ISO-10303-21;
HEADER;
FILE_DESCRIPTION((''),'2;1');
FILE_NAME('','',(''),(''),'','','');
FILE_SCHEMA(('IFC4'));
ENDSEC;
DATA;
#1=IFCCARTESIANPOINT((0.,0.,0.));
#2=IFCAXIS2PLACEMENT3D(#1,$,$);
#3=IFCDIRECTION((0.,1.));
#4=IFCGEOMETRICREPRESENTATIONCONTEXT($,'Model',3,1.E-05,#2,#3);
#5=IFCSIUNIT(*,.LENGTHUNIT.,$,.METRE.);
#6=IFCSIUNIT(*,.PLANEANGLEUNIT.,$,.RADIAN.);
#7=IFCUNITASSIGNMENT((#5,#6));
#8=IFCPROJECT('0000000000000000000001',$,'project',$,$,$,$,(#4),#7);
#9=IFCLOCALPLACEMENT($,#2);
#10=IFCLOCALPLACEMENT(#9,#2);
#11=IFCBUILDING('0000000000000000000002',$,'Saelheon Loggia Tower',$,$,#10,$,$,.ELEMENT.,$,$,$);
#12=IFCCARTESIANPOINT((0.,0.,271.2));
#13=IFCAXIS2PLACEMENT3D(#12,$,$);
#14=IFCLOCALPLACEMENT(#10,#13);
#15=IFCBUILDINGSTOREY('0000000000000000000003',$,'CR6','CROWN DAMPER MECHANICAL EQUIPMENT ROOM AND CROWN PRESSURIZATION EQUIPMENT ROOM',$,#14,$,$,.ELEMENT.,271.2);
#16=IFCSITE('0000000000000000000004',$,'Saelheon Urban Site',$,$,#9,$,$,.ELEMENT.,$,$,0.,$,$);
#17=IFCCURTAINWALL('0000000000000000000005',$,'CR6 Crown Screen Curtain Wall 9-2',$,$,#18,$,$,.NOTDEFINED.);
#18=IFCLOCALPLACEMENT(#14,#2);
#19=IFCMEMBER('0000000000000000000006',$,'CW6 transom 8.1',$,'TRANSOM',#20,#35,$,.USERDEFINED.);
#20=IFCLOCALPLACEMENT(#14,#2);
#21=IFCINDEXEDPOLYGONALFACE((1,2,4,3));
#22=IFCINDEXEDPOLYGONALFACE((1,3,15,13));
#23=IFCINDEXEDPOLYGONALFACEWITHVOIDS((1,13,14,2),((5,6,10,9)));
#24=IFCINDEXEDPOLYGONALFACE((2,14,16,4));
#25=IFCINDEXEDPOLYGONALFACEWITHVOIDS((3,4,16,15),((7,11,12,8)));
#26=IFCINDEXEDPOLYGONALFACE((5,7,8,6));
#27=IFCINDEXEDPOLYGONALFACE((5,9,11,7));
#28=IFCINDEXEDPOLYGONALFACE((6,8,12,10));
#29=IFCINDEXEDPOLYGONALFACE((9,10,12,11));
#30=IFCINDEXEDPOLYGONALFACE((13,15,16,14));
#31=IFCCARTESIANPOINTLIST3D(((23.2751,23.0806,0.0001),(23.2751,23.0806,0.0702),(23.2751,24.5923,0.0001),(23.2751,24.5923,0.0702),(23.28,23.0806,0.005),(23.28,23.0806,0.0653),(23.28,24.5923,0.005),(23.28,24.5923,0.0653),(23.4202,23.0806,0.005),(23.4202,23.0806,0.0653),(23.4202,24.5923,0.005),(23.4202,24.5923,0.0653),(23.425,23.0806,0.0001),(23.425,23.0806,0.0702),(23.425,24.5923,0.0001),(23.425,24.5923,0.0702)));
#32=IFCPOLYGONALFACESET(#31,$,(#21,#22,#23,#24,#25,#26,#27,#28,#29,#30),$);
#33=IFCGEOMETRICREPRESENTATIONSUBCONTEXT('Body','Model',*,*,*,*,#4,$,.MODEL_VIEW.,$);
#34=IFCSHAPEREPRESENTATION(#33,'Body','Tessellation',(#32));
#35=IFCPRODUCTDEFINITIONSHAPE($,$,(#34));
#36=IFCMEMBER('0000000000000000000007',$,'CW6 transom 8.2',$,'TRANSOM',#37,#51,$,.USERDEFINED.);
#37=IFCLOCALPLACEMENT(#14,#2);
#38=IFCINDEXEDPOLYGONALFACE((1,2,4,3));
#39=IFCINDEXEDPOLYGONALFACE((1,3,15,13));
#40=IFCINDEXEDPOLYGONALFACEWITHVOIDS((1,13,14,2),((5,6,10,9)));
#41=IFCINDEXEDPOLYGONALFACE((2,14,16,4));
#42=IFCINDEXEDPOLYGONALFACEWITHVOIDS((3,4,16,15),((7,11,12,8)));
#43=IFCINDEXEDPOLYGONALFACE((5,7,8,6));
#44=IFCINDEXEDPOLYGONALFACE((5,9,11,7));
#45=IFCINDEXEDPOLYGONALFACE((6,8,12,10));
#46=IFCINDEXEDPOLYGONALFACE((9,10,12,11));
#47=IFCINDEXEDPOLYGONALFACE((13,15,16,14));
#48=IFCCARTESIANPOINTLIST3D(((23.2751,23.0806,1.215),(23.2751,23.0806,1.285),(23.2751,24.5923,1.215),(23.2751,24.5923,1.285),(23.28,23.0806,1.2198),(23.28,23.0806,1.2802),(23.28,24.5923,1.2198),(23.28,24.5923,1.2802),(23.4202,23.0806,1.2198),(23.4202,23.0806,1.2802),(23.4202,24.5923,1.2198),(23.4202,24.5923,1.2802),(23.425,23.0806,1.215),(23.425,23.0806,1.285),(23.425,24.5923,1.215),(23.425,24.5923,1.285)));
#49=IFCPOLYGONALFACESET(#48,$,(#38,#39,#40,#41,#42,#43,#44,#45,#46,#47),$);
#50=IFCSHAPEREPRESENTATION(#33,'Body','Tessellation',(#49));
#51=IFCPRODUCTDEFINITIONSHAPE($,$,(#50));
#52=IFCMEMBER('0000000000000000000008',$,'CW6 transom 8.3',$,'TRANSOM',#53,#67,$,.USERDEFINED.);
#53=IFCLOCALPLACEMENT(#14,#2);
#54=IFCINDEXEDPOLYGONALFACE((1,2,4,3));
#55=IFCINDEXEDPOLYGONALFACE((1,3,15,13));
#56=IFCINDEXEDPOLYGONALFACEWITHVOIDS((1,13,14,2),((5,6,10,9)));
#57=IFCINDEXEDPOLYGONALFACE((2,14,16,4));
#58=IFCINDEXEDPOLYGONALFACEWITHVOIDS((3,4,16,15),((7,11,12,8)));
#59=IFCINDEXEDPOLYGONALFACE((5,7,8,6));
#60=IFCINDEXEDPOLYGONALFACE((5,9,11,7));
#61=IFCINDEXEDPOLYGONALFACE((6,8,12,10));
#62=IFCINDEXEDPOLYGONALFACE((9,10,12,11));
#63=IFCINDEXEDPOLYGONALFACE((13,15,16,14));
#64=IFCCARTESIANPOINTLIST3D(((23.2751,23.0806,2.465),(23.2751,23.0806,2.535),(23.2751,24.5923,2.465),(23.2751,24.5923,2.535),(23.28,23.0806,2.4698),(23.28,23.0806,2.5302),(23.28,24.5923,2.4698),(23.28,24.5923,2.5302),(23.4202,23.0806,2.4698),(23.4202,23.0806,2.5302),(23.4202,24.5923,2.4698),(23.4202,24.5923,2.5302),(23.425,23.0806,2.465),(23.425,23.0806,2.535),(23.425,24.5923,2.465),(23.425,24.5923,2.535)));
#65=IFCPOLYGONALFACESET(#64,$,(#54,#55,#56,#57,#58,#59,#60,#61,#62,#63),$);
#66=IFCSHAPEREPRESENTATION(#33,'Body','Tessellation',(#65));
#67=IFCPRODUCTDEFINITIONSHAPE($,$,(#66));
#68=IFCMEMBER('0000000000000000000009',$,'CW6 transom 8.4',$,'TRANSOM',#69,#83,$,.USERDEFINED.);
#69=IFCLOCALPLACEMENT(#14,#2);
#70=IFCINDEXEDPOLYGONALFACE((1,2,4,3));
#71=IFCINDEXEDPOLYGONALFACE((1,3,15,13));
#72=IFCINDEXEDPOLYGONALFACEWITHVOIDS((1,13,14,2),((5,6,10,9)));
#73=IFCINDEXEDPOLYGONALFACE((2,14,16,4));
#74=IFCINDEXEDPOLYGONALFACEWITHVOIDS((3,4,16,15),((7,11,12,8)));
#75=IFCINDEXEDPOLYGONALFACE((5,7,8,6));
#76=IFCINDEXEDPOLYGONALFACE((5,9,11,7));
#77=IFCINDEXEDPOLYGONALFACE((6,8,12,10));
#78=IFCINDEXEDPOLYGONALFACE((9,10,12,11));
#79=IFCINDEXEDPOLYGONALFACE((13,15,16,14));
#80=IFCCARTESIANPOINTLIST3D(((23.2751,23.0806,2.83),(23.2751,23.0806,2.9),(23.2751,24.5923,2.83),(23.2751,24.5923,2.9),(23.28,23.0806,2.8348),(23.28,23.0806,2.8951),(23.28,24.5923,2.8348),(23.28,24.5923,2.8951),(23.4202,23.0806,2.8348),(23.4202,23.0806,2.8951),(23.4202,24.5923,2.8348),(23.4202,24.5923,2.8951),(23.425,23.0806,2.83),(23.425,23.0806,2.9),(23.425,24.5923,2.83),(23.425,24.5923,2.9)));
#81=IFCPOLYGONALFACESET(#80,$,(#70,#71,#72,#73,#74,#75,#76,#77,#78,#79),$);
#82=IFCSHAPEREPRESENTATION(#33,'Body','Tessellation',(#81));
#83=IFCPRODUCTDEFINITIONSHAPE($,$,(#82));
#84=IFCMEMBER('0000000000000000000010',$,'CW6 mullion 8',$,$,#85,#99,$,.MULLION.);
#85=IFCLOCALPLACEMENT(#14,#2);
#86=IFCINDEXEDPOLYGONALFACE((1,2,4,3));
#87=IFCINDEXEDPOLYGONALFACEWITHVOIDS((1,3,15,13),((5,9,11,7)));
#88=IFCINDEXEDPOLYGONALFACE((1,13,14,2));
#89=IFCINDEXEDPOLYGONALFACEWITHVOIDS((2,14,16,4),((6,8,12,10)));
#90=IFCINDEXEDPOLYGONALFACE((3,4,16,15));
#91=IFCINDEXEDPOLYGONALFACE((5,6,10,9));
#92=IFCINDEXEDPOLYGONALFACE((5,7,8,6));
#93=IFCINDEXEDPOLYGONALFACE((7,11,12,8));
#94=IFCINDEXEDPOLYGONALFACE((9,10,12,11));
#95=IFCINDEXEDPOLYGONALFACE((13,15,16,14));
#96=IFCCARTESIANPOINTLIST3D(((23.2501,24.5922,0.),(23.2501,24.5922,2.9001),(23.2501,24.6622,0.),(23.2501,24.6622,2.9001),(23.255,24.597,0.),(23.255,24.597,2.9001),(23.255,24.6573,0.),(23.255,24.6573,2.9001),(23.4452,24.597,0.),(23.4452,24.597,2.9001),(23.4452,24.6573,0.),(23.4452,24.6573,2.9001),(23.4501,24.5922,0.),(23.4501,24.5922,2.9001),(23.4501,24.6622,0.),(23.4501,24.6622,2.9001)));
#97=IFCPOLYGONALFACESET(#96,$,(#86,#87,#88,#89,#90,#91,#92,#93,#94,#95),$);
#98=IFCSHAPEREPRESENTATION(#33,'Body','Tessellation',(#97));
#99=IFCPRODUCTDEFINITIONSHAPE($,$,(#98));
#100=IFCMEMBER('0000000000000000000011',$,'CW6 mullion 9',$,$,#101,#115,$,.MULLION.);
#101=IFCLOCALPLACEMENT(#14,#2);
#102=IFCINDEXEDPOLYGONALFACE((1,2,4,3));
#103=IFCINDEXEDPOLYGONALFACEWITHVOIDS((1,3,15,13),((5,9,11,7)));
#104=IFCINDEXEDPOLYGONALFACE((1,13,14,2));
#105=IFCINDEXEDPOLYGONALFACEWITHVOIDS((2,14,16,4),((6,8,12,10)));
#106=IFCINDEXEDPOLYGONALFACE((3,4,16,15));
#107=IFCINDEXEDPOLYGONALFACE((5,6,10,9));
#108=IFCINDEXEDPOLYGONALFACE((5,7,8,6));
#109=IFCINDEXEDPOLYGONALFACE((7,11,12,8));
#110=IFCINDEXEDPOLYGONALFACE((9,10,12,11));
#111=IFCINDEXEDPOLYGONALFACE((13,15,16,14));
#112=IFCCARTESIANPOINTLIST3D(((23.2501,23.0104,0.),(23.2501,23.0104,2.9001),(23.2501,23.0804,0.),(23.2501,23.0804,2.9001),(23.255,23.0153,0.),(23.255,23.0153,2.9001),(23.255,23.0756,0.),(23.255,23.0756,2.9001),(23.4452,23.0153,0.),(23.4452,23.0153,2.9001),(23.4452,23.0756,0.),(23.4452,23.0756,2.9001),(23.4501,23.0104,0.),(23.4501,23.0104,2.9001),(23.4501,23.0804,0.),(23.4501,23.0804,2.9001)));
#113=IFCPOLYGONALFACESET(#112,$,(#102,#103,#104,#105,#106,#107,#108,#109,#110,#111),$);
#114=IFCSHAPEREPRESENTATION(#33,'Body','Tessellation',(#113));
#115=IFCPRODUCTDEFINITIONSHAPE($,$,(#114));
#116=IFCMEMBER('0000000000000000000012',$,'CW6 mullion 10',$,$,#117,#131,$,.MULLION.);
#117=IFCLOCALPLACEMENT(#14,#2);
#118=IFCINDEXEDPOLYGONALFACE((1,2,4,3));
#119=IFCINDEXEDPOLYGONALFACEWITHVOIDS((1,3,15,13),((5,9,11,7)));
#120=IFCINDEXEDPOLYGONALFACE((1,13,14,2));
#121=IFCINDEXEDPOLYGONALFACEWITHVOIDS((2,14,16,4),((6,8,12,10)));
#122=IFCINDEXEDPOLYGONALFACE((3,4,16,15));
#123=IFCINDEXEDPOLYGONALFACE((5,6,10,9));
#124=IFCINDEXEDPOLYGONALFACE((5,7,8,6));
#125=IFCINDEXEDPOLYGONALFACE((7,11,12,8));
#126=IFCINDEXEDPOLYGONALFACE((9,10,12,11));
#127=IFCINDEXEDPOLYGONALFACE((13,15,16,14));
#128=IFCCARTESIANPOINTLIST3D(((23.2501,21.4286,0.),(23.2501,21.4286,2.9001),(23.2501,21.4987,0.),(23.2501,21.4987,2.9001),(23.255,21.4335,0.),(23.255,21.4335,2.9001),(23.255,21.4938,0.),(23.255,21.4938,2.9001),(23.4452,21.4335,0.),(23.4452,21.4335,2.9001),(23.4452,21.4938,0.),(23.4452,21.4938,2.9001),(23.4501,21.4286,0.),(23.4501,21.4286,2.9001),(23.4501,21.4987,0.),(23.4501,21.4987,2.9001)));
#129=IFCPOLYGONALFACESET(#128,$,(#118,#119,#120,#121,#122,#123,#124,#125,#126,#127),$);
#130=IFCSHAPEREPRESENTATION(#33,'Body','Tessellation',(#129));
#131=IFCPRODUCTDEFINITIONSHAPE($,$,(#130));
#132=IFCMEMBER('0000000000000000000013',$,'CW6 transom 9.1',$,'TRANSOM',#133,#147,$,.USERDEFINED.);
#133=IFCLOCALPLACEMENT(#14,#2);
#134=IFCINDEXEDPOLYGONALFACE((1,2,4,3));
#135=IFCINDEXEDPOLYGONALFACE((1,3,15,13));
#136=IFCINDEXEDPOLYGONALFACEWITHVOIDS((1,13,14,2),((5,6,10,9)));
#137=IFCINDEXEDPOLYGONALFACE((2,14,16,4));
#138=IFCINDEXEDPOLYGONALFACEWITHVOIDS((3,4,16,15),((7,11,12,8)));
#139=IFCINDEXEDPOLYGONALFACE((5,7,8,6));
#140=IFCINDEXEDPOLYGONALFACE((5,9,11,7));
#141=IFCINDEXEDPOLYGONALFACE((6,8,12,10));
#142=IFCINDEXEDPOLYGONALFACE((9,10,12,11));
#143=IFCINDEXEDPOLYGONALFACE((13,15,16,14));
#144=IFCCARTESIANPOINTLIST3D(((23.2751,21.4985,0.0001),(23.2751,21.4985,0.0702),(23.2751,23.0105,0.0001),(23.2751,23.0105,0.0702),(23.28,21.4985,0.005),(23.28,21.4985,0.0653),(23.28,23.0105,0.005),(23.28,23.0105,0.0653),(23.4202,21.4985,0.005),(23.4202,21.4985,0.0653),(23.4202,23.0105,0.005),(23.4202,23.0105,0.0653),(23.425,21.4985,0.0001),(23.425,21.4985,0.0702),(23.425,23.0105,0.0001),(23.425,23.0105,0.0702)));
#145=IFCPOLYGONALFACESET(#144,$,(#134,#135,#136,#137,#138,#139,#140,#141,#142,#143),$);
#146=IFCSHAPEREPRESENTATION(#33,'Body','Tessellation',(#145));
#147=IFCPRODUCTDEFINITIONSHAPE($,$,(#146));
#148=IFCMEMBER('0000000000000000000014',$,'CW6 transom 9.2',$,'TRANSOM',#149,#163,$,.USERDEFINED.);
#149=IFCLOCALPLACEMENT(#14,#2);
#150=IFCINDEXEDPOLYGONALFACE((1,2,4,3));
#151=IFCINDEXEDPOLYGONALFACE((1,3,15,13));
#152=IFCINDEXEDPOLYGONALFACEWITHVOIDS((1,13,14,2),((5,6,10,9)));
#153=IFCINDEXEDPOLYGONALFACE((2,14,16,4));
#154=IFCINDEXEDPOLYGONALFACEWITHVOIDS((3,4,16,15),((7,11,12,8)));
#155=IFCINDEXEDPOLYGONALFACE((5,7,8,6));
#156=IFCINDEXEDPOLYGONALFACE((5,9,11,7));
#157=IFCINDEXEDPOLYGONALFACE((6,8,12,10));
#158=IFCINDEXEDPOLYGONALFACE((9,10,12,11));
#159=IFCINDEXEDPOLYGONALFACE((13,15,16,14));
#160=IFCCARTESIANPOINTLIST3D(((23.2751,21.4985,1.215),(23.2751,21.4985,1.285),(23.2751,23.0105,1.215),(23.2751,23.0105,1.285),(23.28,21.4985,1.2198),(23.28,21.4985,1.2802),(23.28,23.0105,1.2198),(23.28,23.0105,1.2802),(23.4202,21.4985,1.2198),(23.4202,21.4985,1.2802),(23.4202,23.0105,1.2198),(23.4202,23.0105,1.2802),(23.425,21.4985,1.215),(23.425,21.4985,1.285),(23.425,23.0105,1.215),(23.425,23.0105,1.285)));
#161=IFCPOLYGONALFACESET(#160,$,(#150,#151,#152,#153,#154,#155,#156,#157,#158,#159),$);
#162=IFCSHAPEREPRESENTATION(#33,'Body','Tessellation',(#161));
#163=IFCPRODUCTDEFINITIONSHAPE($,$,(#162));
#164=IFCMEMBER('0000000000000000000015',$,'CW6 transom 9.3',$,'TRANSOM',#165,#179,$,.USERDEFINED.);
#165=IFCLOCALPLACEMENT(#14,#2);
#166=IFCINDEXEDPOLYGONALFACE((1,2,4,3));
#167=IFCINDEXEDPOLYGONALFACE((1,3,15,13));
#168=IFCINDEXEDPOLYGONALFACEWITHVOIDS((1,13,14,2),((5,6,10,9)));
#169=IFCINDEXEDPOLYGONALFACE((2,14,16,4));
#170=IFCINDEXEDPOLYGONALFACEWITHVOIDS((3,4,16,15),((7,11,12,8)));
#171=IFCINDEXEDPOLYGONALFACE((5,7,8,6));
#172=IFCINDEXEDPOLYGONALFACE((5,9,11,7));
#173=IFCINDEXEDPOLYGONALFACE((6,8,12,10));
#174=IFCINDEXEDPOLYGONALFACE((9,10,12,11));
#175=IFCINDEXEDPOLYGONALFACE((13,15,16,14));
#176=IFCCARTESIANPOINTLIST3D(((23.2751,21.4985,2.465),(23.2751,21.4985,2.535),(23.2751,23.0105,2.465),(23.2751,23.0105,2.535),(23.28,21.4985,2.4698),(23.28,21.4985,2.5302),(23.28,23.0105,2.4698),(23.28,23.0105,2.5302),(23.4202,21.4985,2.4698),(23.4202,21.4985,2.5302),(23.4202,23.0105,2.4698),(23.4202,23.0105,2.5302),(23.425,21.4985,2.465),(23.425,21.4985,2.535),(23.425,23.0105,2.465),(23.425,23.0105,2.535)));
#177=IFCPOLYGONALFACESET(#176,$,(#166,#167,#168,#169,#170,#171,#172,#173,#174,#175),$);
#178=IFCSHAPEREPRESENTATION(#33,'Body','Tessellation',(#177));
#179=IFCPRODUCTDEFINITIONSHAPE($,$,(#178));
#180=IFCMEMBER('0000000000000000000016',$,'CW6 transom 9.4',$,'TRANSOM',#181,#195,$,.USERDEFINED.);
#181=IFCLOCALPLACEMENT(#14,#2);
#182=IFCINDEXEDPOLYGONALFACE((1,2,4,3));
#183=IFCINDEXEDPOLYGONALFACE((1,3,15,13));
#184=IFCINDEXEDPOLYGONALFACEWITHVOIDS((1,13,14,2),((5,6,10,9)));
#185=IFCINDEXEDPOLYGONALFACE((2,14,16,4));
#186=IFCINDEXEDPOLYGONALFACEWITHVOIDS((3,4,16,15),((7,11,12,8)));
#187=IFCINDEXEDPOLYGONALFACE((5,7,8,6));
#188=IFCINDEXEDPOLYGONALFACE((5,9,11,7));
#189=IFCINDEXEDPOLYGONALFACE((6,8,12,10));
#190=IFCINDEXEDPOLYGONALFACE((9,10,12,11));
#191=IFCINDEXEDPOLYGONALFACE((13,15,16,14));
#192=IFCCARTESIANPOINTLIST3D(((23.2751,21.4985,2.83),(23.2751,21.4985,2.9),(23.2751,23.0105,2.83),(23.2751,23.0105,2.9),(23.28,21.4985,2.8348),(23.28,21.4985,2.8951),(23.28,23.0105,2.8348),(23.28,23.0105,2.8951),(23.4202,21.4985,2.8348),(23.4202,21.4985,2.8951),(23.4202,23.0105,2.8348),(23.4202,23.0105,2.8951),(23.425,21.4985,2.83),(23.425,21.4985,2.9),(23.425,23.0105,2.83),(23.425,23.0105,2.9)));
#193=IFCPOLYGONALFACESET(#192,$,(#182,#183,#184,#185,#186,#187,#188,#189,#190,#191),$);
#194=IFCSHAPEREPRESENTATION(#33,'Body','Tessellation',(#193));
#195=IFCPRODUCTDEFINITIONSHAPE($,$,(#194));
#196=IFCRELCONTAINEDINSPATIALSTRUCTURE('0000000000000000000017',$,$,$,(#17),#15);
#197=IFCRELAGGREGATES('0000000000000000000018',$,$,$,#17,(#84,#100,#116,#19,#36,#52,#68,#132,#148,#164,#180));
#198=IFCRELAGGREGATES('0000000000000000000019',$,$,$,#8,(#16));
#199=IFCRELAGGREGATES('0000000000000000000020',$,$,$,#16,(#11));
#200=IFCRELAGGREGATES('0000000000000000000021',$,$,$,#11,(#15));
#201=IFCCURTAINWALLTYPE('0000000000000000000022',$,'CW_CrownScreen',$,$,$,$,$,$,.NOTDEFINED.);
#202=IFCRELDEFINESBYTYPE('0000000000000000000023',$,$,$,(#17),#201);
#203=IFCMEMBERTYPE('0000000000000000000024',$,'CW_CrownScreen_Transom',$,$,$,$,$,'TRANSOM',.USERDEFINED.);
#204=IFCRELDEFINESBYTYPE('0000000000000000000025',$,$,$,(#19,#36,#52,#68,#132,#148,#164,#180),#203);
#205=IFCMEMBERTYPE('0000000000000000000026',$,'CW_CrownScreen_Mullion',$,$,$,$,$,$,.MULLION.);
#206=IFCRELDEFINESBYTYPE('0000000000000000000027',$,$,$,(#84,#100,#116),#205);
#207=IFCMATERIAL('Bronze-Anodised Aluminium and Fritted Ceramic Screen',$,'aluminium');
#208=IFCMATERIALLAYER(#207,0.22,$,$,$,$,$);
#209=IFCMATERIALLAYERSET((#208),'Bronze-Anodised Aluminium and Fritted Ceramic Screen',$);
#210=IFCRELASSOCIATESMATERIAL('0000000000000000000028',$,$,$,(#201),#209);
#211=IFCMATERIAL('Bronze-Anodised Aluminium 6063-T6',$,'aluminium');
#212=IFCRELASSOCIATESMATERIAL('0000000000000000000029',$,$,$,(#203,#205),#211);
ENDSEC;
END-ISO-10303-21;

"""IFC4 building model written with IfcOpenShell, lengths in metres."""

from ifc_helpers import new_model, si_unit, direction, frame, origin, origin_2d, place, context, subcontext, project, spatial, hollow_rectangle, extrude, source, transform, mapped, material, layer, layer_set, material_profile, profile_set, type_object, element, aggregate, save


model = new_model("IFC4")

# Units and contexts
model_context = context("Model", 3, precision=1e-05, world=origin(), true_north=direction((0.0, 1.0)))
body_context = subcontext(model_context, "Body", "Model", "MODEL_VIEW")
ifc_project = project(units=[si_unit("LENGTHUNIT", "METRE"), si_unit("PLANEANGLEUNIT", "RADIAN")], contexts=[model_context])

# Site, building, storey
site_placement = place(None, origin())
site = spatial("IfcSite", under=ifc_project, at=site_placement, Name="Saelheon Urban Site", CompositionType="ELEMENT", RefElevation=0.0)
building_placement = place(site_placement, origin())
building = spatial("IfcBuilding", under=site, at=building_placement, Name="Saelheon Loggia Tower", CompositionType="ELEMENT")
storey_placement = place(building_placement, frame((0.0, 0.0, 271.2)))
storey = spatial("IfcBuildingStorey", under=building, at=storey_placement, Name="CR6", Description="CROWN DAMPER MECHANICAL EQUIPMENT ROOM AND CROWN PRESSURIZATION EQUIPMENT ROOM", CompositionType="ELEMENT", Elevation=271.2)

# Curtain wall, members
ifc_material_1 = material(Name="Bronze-Anodised Aluminium and Fritted Ceramic Screen", Category="aluminium")
ifc_layer_1 = layer(ifc_material_1, 0.22)
ifc_layer_set_1 = layer_set([ifc_layer_1], Name="Bronze-Anodised Aluminium and Fritted Ceramic Screen")
curtain_wall_type = type_object("IfcCurtainWallType", Name="CW_CrownScreen", PredefinedType="NOTDEFINED", material=ifc_layer_set_1)
curtain_wall_placement = place(storey_placement, origin())
curtain_wall = element("IfcCurtainWall", 1, at=curtain_wall_placement, inside=storey, type_object=curtain_wall_type, Name="CR6 Crown Screen Curtain Wall 9-2", PredefinedType="NOTDEFINED")
ifc_material_2 = material(Name="Bronze-Anodised Aluminium 6063-T6", Category="aluminium")
ifc_material_profile_1 = material_profile(ifc_material_2, hollow_rectangle(XDim=0.0701, YDim=0.1499, WallThickness=0.0049, at=origin_2d()), Name="RHS-150x70x5")
ifc_profile_set_1 = profile_set([ifc_material_profile_1], Name="Bronze-Anodised Aluminium 6063-T6")
member_type_1 = type_object("IfcMemberType", Name="CW_CrownScreen_Transom", ElementType="TRANSOM", PredefinedType="USERDEFINED", material=ifc_profile_set_1)
shared_shape_1 = source(origin(), body_context, "Body", "SweptSolid", [
    extrude(hollow_rectangle(XDim=0.0701, YDim=0.1499, WallThickness=0.0049, at=origin_2d()), origin(), (0.0, 0.0, 1.0), 1.5117),
])
member_1_placement = place(storey_placement, frame((23.3501, 24.5923, 0.0352), z_axis=(0.0, -1.0, 0.0), x_axis=(0.0, 0.0, 1.0)))
member_1 = element("IfcMember", 2, at=member_1_placement, type_object=member_type_1, Name="CW6 transom 8.1", ObjectType="TRANSOM", PredefinedType="USERDEFINED", context=body_context, shape_type="MappedRepresentation", body=[
    mapped(shared_shape_1, transform((0.0, 0.0, 0.0), scale=1.0)),
])
member_2_placement = place(storey_placement, frame((23.3501, 24.5923, 1.25), z_axis=(0.0, -1.0, 0.0), x_axis=(0.0, 0.0, 1.0)))
member_2 = element("IfcMember", 3, at=member_2_placement, type_object=member_type_1, Name="CW6 transom 8.2", ObjectType="TRANSOM", PredefinedType="USERDEFINED", context=body_context, shape_type="MappedRepresentation", body=[
    mapped(shared_shape_1, transform((0.0, 0.0, 0.0), scale=1.0)),
])
member_3_placement = place(storey_placement, frame((23.3501, 24.5923, 2.5), z_axis=(0.0, -1.0, 0.0), x_axis=(0.0, 0.0, 1.0)))
member_3 = element("IfcMember", 4, at=member_3_placement, type_object=member_type_1, Name="CW6 transom 8.3", ObjectType="TRANSOM", PredefinedType="USERDEFINED", context=body_context, shape_type="MappedRepresentation", body=[
    mapped(shared_shape_1, transform((0.0, 0.0, 0.0), scale=1.0)),
])
member_4_placement = place(storey_placement, frame((23.3501, 24.5923, 2.865), z_axis=(0.0, -1.0, 0.0), x_axis=(0.0, 0.0, 1.0)))
member_4 = element("IfcMember", 5, at=member_4_placement, type_object=member_type_1, Name="CW6 transom 8.4", ObjectType="TRANSOM", PredefinedType="USERDEFINED", context=body_context, shape_type="MappedRepresentation", body=[
    mapped(shared_shape_1, transform((0.0, 0.0, 0.0), scale=1.0)),
])
ifc_material_profile_2 = material_profile(ifc_material_2, hollow_rectangle(XDim=0.0701, YDim=0.2, WallThickness=0.0049, at=origin_2d()), Name="RHS-200x70x5")
ifc_profile_set_2 = profile_set([ifc_material_profile_2], Name="Bronze-Anodised Aluminium 6063-T6")
member_type_2 = type_object("IfcMemberType", Name="CW_CrownScreen_Mullion", PredefinedType="MULLION", material=ifc_profile_set_2)
shared_shape_2 = source(origin(), body_context, "Body", "SweptSolid", [
    extrude(hollow_rectangle(XDim=0.0701, YDim=0.2, WallThickness=0.0049, at=origin_2d()), origin(), (0.0, 0.0, 1.0), 2.9001),
])
member_5_placement = place(storey_placement, frame((23.3501, 24.6272, 0.0), z_axis=(0.0, 0.0, 1.0), x_axis=(0.0, -1.0, 0.0)))
member_5 = element("IfcMember", 6, at=member_5_placement, type_object=member_type_2, Name="CW6 mullion 8", PredefinedType="MULLION", context=body_context, shape_type="MappedRepresentation", body=[
    mapped(shared_shape_2, transform((0.0, 0.0, 0.0), scale=1.0)),
])
member_6_placement = place(storey_placement, frame((23.3501, 23.0454, 0.0), z_axis=(0.0, 0.0, 1.0), x_axis=(0.0, -1.0, 0.0)))
member_6 = element("IfcMember", 7, at=member_6_placement, type_object=member_type_2, Name="CW6 mullion 9", PredefinedType="MULLION", context=body_context, shape_type="MappedRepresentation", body=[
    mapped(shared_shape_2, transform((0.0, 0.0, 0.0), scale=1.0)),
])
member_7_placement = place(storey_placement, frame((23.3501, 21.4636, 0.0), z_axis=(0.0, 0.0, 1.0), x_axis=(0.0, -1.0, 0.0)))
member_7 = element("IfcMember", 8, at=member_7_placement, type_object=member_type_2, Name="CW6 mullion 10", PredefinedType="MULLION", context=body_context, shape_type="MappedRepresentation", body=[
    mapped(shared_shape_2, transform((0.0, 0.0, 0.0), scale=1.0)),
])
shared_shape_3 = source(origin(), body_context, "Body", "SweptSolid", [
    extrude(hollow_rectangle(XDim=0.0701, YDim=0.1499, WallThickness=0.0049, at=origin_2d()), origin(), (0.0, 0.0, 1.0), 1.512),
])
member_8_placement = place(storey_placement, frame((23.3501, 23.0105, 0.0352), z_axis=(0.0, -1.0, 0.0), x_axis=(0.0, 0.0, 1.0)))
member_8 = element("IfcMember", 9, at=member_8_placement, type_object=member_type_1, Name="CW6 transom 9.1", ObjectType="TRANSOM", PredefinedType="USERDEFINED", context=body_context, shape_type="MappedRepresentation", body=[
    mapped(shared_shape_3, transform((0.0, 0.0, 0.0), scale=1.0)),
])
member_9_placement = place(storey_placement, frame((23.3501, 23.0105, 1.25), z_axis=(0.0, -1.0, 0.0), x_axis=(0.0, 0.0, 1.0)))
member_9 = element("IfcMember", 10, at=member_9_placement, type_object=member_type_1, Name="CW6 transom 9.2", ObjectType="TRANSOM", PredefinedType="USERDEFINED", context=body_context, shape_type="MappedRepresentation", body=[
    mapped(shared_shape_3, transform((0.0, 0.0, 0.0), scale=1.0)),
])
member_10_placement = place(storey_placement, frame((23.3501, 23.0105, 2.5), z_axis=(0.0, -1.0, 0.0), x_axis=(0.0, 0.0, 1.0)))
member_10 = element("IfcMember", 11, at=member_10_placement, type_object=member_type_1, Name="CW6 transom 9.3", ObjectType="TRANSOM", PredefinedType="USERDEFINED", context=body_context, shape_type="MappedRepresentation", body=[
    mapped(shared_shape_3, transform((0.0, 0.0, 0.0), scale=1.0)),
])
member_11_placement = place(storey_placement, frame((23.3501, 23.0105, 2.865), z_axis=(0.0, -1.0, 0.0), x_axis=(0.0, 0.0, 1.0)))
member_11 = element("IfcMember", 12, at=member_11_placement, type_object=member_type_1, Name="CW6 transom 9.4", ObjectType="TRANSOM", PredefinedType="USERDEFINED", context=body_context, shape_type="MappedRepresentation", body=[
    mapped(shared_shape_3, transform((0.0, 0.0, 0.0), scale=1.0)),
])
aggregate(curtain_wall, [member_5, member_6, member_7, member_1, member_2, member_3, member_4, member_8, member_9, member_10, member_11])

save(model, "model.ifc")
